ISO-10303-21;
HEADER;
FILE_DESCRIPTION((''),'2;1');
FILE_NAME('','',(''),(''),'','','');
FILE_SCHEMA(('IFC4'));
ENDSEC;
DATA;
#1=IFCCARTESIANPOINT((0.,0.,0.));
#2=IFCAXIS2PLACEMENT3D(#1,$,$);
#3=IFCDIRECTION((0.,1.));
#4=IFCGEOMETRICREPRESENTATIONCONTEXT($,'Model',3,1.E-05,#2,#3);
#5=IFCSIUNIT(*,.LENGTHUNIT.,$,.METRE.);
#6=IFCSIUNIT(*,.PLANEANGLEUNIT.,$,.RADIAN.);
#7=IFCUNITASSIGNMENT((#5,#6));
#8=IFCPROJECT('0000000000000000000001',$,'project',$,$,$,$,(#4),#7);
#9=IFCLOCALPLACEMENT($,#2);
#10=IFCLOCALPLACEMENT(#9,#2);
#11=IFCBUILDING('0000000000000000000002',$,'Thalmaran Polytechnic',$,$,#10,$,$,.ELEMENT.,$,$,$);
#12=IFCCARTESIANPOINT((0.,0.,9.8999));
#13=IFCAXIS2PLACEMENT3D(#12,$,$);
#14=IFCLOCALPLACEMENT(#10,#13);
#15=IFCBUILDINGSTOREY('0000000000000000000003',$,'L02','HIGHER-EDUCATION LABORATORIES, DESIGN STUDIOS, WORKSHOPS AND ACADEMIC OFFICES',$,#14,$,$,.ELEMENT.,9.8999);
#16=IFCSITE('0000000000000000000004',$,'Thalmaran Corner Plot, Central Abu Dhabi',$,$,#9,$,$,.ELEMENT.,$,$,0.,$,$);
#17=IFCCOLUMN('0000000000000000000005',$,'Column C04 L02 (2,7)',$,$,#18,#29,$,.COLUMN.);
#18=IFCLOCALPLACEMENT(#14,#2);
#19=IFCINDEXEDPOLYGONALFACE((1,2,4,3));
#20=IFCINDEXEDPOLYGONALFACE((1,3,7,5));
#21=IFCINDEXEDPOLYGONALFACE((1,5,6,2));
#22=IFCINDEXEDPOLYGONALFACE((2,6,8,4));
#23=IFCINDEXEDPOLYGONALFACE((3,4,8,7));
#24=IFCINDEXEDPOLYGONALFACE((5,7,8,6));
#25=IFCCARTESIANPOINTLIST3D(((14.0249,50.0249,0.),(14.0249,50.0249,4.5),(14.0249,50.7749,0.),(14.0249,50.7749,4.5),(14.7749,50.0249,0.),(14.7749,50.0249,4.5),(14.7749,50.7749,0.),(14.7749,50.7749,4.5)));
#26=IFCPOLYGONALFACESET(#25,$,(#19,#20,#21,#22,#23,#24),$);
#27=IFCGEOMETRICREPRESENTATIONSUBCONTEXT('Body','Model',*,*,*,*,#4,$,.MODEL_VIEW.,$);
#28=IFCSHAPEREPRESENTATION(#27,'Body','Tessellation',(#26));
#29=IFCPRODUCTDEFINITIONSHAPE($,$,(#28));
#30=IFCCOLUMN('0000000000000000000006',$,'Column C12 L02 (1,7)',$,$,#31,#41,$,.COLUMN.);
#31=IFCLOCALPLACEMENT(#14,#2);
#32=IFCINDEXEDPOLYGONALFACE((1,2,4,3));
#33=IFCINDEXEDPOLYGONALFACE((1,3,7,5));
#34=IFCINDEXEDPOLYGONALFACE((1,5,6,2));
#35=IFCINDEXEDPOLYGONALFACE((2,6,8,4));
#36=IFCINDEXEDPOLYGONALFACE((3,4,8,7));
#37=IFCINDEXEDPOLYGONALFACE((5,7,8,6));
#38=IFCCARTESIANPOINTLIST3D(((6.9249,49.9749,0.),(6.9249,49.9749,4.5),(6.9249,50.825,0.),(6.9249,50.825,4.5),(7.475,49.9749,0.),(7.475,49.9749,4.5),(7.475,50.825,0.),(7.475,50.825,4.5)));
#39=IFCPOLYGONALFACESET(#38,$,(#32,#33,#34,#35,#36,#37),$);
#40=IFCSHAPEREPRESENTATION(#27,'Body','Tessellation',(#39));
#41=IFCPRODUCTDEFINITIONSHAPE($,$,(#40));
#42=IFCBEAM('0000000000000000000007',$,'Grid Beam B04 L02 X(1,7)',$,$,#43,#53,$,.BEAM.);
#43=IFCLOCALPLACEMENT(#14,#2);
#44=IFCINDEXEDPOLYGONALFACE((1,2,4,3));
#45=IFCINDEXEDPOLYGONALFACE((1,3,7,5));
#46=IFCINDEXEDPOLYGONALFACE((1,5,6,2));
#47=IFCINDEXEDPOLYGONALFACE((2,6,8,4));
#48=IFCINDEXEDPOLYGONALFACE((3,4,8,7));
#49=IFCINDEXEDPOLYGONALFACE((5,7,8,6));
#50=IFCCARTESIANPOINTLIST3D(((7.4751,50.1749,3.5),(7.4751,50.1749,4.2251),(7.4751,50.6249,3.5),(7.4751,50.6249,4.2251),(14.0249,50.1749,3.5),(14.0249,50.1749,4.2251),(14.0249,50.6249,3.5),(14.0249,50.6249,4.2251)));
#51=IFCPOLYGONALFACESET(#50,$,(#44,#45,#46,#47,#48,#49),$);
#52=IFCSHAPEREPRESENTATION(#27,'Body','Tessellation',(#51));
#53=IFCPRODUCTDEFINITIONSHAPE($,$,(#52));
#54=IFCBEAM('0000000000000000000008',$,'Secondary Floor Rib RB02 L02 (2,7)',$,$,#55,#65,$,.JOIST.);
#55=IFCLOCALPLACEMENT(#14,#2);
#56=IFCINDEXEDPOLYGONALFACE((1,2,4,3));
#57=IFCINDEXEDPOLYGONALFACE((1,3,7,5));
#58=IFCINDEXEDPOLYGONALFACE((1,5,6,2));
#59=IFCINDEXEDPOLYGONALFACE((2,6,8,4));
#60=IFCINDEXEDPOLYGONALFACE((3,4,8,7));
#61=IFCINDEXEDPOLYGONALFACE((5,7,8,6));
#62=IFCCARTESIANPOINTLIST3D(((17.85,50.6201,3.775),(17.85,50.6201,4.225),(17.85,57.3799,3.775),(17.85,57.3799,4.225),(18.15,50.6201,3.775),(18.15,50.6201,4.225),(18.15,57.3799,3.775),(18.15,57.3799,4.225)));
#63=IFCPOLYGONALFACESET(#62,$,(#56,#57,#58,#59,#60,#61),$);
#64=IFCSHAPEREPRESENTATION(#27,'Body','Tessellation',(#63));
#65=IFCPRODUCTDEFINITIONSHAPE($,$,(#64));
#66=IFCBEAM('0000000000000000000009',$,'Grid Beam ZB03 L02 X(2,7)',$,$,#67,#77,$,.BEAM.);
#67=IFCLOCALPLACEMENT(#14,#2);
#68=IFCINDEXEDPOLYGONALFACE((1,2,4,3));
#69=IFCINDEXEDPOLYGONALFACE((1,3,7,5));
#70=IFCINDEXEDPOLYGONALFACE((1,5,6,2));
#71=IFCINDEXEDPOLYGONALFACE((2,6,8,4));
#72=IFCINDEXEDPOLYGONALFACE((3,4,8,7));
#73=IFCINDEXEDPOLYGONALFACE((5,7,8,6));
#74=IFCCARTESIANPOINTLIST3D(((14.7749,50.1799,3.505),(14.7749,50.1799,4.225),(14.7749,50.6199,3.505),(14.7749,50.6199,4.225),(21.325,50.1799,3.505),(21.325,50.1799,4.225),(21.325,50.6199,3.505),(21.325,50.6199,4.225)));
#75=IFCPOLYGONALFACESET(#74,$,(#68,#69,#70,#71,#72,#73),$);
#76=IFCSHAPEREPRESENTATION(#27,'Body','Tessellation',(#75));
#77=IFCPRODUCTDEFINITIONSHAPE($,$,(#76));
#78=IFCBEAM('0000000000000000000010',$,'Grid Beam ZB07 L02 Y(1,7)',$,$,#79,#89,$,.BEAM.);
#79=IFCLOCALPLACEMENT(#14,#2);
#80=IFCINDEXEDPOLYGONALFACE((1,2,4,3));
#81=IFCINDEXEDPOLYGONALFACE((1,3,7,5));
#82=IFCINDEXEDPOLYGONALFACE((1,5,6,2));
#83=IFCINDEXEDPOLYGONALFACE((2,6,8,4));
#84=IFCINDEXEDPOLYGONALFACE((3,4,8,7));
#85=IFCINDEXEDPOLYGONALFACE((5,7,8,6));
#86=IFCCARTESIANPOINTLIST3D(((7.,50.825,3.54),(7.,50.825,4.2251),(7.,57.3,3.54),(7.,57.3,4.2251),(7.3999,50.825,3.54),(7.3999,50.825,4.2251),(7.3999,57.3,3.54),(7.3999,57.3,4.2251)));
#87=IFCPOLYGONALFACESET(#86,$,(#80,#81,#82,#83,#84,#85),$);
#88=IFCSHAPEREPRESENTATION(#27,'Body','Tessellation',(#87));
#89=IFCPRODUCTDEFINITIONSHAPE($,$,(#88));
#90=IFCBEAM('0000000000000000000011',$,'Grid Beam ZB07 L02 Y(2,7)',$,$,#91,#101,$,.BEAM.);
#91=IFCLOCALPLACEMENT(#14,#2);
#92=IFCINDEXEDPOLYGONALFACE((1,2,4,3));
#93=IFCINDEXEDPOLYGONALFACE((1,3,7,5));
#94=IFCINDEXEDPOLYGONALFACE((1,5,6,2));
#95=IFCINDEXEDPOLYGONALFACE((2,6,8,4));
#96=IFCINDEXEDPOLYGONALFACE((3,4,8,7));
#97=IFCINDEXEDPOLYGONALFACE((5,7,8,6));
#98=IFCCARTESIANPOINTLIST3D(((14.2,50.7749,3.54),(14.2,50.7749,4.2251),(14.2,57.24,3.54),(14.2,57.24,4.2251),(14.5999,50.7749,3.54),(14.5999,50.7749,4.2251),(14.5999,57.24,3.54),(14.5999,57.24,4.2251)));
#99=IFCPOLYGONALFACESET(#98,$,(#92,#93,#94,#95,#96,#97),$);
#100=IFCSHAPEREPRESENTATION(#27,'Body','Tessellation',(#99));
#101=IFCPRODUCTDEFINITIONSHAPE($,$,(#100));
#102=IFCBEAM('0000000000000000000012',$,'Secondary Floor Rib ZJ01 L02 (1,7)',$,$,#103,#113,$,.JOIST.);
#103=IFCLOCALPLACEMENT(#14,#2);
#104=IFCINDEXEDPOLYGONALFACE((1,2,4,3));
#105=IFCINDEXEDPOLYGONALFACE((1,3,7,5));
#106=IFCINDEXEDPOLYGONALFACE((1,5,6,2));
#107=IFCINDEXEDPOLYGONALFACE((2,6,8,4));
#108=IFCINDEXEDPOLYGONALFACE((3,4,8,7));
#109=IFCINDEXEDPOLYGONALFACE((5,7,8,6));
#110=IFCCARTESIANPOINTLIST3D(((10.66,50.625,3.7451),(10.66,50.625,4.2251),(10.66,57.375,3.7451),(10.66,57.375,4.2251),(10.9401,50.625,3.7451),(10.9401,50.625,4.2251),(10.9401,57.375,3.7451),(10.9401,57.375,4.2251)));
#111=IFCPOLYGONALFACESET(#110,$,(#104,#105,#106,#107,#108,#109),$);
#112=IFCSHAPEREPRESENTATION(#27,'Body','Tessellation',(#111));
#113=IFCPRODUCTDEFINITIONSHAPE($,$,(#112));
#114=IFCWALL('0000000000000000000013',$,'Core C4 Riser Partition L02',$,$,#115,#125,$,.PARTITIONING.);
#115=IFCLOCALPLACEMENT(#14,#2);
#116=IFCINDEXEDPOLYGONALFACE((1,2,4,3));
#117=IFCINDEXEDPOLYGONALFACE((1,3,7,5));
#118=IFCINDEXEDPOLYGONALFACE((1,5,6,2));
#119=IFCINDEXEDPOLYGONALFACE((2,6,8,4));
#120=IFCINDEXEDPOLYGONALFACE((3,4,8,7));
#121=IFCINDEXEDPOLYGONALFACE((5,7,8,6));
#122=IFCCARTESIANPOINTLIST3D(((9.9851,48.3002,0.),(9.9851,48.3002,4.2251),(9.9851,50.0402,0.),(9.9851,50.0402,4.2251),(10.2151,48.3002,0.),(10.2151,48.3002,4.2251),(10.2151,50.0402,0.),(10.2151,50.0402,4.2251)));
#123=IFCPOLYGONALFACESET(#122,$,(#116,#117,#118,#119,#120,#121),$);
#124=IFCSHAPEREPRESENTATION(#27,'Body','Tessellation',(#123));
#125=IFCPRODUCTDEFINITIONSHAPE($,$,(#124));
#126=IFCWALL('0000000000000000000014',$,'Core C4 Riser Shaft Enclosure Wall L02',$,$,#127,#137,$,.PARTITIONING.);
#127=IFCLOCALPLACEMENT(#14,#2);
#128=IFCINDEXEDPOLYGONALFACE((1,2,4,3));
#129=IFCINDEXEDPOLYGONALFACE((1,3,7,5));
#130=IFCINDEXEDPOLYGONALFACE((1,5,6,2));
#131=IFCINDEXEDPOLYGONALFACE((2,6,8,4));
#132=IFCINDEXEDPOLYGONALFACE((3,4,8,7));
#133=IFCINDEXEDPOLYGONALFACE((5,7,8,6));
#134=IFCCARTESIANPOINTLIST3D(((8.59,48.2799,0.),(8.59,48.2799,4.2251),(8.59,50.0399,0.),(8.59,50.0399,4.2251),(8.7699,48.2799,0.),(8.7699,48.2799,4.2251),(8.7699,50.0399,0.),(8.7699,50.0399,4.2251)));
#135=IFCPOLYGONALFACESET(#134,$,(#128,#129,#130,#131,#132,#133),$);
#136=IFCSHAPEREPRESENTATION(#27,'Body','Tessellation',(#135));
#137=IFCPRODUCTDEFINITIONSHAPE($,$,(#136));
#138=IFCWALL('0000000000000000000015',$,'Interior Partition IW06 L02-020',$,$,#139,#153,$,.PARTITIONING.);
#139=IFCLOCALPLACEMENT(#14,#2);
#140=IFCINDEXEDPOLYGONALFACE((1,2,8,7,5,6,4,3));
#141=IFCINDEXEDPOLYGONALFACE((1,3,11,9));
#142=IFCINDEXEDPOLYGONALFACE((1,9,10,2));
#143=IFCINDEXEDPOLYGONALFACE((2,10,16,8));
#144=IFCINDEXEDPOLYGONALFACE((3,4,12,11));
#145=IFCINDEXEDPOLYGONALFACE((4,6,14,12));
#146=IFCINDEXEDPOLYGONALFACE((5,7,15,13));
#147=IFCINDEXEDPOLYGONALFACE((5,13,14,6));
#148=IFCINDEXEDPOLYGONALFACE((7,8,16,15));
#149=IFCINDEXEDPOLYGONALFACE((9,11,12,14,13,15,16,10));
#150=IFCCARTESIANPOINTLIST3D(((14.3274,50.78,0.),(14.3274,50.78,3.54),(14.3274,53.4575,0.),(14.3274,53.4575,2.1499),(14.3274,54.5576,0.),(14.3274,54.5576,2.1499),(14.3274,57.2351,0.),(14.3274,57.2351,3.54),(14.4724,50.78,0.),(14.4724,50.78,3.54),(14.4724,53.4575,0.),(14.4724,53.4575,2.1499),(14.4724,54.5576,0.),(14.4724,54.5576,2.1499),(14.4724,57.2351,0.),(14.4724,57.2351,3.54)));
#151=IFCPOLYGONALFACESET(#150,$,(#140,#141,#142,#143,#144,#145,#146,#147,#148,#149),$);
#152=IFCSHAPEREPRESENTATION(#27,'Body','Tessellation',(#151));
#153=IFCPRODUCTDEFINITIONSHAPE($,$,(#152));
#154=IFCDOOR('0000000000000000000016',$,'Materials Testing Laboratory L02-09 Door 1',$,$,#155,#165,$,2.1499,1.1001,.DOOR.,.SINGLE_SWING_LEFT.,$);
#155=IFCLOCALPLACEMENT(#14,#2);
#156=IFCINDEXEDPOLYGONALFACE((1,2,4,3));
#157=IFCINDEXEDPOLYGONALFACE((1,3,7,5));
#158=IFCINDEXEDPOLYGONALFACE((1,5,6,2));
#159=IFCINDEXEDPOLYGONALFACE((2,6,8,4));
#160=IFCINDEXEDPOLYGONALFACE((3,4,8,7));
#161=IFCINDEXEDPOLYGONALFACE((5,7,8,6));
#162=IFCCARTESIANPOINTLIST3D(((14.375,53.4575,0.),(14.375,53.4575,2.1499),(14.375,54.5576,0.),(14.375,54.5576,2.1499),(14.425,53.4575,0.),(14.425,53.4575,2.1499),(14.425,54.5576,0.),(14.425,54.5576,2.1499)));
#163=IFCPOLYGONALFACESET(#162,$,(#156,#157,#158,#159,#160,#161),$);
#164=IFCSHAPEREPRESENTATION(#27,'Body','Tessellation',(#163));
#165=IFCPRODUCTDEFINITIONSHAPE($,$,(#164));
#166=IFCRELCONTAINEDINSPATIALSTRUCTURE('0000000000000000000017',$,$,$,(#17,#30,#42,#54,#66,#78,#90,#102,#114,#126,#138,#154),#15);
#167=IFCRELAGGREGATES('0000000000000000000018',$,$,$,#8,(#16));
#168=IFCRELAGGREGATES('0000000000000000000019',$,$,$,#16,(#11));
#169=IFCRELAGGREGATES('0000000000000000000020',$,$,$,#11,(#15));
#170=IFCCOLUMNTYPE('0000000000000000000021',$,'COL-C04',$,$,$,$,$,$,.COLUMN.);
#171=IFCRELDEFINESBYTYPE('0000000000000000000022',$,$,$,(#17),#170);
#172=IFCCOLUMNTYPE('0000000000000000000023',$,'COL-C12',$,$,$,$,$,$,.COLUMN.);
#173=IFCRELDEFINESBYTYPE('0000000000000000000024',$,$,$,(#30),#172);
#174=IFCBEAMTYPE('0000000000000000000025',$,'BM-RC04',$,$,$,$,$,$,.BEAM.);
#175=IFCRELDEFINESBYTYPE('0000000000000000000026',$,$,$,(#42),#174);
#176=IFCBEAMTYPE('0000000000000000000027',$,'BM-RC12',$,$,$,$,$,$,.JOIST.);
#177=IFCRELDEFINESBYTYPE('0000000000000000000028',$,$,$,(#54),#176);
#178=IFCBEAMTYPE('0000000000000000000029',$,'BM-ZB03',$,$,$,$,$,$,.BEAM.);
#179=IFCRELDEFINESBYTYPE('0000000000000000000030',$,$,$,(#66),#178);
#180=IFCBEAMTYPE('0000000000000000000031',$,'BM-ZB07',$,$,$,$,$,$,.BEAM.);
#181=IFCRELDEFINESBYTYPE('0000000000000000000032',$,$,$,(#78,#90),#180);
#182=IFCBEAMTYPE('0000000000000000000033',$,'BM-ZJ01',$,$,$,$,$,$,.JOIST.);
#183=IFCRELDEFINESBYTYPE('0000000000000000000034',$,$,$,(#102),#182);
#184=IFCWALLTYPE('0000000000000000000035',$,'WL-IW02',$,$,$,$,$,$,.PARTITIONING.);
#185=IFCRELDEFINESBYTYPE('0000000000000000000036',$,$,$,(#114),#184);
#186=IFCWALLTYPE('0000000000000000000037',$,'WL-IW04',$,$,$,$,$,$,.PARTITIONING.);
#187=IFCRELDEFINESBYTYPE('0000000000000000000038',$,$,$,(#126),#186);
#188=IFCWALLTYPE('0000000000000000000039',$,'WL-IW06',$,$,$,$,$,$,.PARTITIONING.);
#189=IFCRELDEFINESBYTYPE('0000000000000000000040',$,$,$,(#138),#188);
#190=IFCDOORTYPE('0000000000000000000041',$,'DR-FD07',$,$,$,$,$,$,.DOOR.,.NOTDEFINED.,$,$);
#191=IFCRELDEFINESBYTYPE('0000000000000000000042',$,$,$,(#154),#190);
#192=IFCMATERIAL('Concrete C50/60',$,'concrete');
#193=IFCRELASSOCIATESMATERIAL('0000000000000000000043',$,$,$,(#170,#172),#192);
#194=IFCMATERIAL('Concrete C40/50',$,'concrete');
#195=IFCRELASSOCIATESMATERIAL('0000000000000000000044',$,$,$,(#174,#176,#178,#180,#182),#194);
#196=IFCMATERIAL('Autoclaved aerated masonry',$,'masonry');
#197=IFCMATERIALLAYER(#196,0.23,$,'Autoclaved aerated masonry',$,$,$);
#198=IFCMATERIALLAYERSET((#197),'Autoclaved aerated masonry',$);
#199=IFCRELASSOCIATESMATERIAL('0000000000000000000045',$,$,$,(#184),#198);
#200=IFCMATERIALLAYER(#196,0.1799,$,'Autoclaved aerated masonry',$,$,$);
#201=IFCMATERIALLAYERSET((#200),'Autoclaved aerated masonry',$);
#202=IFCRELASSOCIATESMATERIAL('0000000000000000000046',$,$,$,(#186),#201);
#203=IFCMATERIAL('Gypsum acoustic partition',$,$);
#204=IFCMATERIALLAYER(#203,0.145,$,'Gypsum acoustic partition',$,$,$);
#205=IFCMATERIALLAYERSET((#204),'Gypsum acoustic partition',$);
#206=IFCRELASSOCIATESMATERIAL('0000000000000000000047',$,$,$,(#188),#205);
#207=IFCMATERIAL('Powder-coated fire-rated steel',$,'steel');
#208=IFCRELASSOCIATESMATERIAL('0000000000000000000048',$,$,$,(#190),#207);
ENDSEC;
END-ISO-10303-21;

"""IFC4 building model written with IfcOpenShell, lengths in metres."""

from ifc_helpers import new_model, si_unit, direction, frame, frame_2d, origin, origin_2d, place, context, subcontext, project, spatial, rectangle, extrude, material, layer, layer_set, material_profile, profile_set, type_object, element, fill, save


model = new_model("IFC4")

# Units and contexts
model_context = context("Model", 3, precision=1e-05, world=origin(), true_north=direction((0.0, 1.0)))
body_context = subcontext(model_context, "Body", "Model", "MODEL_VIEW")
ifc_project = project(units=[si_unit("LENGTHUNIT", "METRE"), si_unit("PLANEANGLEUNIT", "RADIAN")], contexts=[model_context])

# Site, building, storey
site_placement = place(None, origin())
site = spatial("IfcSite", under=ifc_project, at=site_placement, Name="Thalmaran Corner Plot, Central Abu Dhabi", CompositionType="ELEMENT", RefElevation=0.0)
building_placement = place(site_placement, origin())
building = spatial("IfcBuilding", under=site, at=building_placement, Name="Thalmaran Polytechnic", CompositionType="ELEMENT")
storey_placement = place(building_placement, frame((0.0, 0.0, 9.8999)))
storey = spatial("IfcBuildingStorey", under=building, at=storey_placement, Name="L02", Description="HIGHER-EDUCATION LABORATORIES, DESIGN STUDIOS, WORKSHOPS AND ACADEMIC OFFICES", CompositionType="ELEMENT", Elevation=9.8999)

# Columns
ifc_material_1 = material(Name="Concrete C50/60", Category="concrete")
ifc_material_profile_1 = material_profile(ifc_material_1, rectangle(XDim=0.75, YDim=0.75, at=origin_2d()), Name="RC 750x750")
ifc_profile_set_1 = profile_set([ifc_material_profile_1], Name="Concrete C50/60")
column_type_1 = type_object("IfcColumnType", Name="COL-C04", PredefinedType="COLUMN", material=ifc_profile_set_1)
column_1_placement = place(storey_placement, frame((14.3999, 50.3999, 0.0), z_axis=(0.0, 0.0, 1.0), x_axis=(1.0, 0.0, 0.0)))
element("IfcColumn", 1, at=column_1_placement, inside=storey, type_object=column_type_1, Name="Column C04 L02 (2,7)", PredefinedType="COLUMN", context=body_context, shape_type="SweptSolid", body=[
    extrude(rectangle(XDim=0.75, YDim=0.75, at=origin_2d()), origin(), (0.0, 0.0, 1.0), 4.5),
])
ifc_material_profile_2 = material_profile(ifc_material_1, rectangle(XDim=0.55, YDim=0.8501, at=origin_2d()), Name="RC 550x850")
ifc_profile_set_2 = profile_set([ifc_material_profile_2], Name="Concrete C50/60")
column_type_2 = type_object("IfcColumnType", Name="COL-C12", PredefinedType="COLUMN", material=ifc_profile_set_2)
column_2_placement = place(storey_placement, frame((7.2, 50.3999, 0.0), z_axis=(0.0, 0.0, 1.0), x_axis=(1.0, 0.0, 0.0)))
element("IfcColumn", 2, at=column_2_placement, inside=storey, type_object=column_type_2, Name="Column C12 L02 (1,7)", PredefinedType="COLUMN", context=body_context, shape_type="SweptSolid", body=[
    extrude(rectangle(XDim=0.55, YDim=0.8501, at=origin_2d()), origin(), (0.0, 0.0, 1.0), 4.5),
])

# Beams
ifc_material_2 = material(Name="Concrete C40/50", Category="concrete")
ifc_material_profile_3 = material_profile(ifc_material_2, rectangle(XDim=0.45, YDim=0.7251, at=origin_2d()), Name="RC 450x725")
ifc_profile_set_3 = profile_set([ifc_material_profile_3], Name="Concrete C40/50")
beam_type_1 = type_object("IfcBeamType", Name="BM-RC04", PredefinedType="BEAM", material=ifc_profile_set_3)
beam_1_placement = place(storey_placement, frame((7.4751, 50.3999, 3.8625), z_axis=(1.0, 0.0, 0.0), x_axis=(0.0, 1.0, 0.0)))
element("IfcBeam", 3, at=beam_1_placement, inside=storey, type_object=beam_type_1, Name="Grid Beam B04 L02 X(1,7)", PredefinedType="BEAM", context=body_context, shape_type="SweptSolid", body=[
    extrude(rectangle(XDim=0.45, YDim=0.7251, at=origin_2d()), origin(), (0.0, 0.0, 1.0), 6.5498),
])
ifc_material_profile_4 = material_profile(ifc_material_2, rectangle(XDim=0.3, YDim=0.45, at=origin_2d()), Name="RC 300x450")
ifc_profile_set_4 = profile_set([ifc_material_profile_4], Name="Concrete C40/50")
beam_type_2 = type_object("IfcBeamType", Name="BM-RC12", PredefinedType="JOIST", material=ifc_profile_set_4)
beam_2_placement = place(storey_placement, frame((18.0, 50.6201, 4.0), z_axis=(0.0, 1.0, 0.0), x_axis=(-1.0, 0.0, 0.0)))
element("IfcBeam", 4, at=beam_2_placement, inside=storey, type_object=beam_type_2, Name="Secondary Floor Rib RB02 L02 (2,7)", PredefinedType="JOIST", context=body_context, shape_type="SweptSolid", body=[
    extrude(rectangle(XDim=0.3, YDim=0.45, at=origin_2d()), origin(), (0.0, 0.0, 1.0), 6.7598),
])
ifc_material_profile_5 = material_profile(ifc_material_2, rectangle(XDim=0.4399, YDim=0.72, at=origin_2d()), Name="RC 440x720")
ifc_profile_set_5 = profile_set([ifc_material_profile_5], Name="Concrete C40/50")
beam_type_3 = type_object("IfcBeamType", Name="BM-ZB03", PredefinedType="BEAM", material=ifc_profile_set_5)
beam_3_placement = place(storey_placement, frame((14.7749, 50.3999, 3.865), z_axis=(1.0, 0.0, 0.0), x_axis=(0.0, 1.0, 0.0)))
element("IfcBeam", 5, at=beam_3_placement, inside=storey, type_object=beam_type_3, Name="Grid Beam ZB03 L02 X(2,7)", PredefinedType="BEAM", context=body_context, shape_type="SweptSolid", body=[
    extrude(rectangle(XDim=0.4399, YDim=0.72, at=origin_2d()), origin(), (0.0, 0.0, 1.0), 6.55),
])
ifc_material_profile_6 = material_profile(ifc_material_2, rectangle(XDim=0.3999, YDim=0.6851, at=origin_2d()), Name="RC 400x685")
ifc_profile_set_6 = profile_set([ifc_material_profile_6], Name="Concrete C40/50")
beam_type_4 = type_object("IfcBeamType", Name="BM-ZB07", PredefinedType="BEAM", material=ifc_profile_set_6)
beam_4_placement = place(storey_placement, frame((7.2, 50.825, 3.8826), z_axis=(0.0, 1.0, 0.0), x_axis=(-1.0, 0.0, 0.0)))
element("IfcBeam", 6, at=beam_4_placement, inside=storey, type_object=beam_type_4, Name="Grid Beam ZB07 L02 Y(1,7)", PredefinedType="BEAM", context=body_context, shape_type="SweptSolid", body=[
    extrude(rectangle(XDim=0.3999, YDim=0.6851, at=origin_2d()), origin(), (0.0, 0.0, 1.0), 6.4751),
])
beam_5_placement = place(storey_placement, frame((14.3999, 50.7749, 3.8826), z_axis=(0.0, 1.0, 0.0), x_axis=(-1.0, 0.0, 0.0)))
element("IfcBeam", 7, at=beam_5_placement, inside=storey, type_object=beam_type_4, Name="Grid Beam ZB07 L02 Y(2,7)", PredefinedType="BEAM", context=body_context, shape_type="SweptSolid", body=[
    extrude(rectangle(XDim=0.3999, YDim=0.6851, at=origin_2d()), origin(), (0.0, 0.0, 1.0), 6.4651),
])
ifc_material_profile_7 = material_profile(ifc_material_2, rectangle(XDim=0.28, YDim=0.48, at=origin_2d()), Name="RC 280x480")
ifc_profile_set_7 = profile_set([ifc_material_profile_7], Name="Concrete C40/50")
beam_type_5 = type_object("IfcBeamType", Name="BM-ZJ01", PredefinedType="JOIST", material=ifc_profile_set_7)
beam_6_placement = place(storey_placement, frame((10.8, 50.625, 3.9851), z_axis=(0.0, 1.0, 0.0), x_axis=(-1.0, 0.0, 0.0)))
element("IfcBeam", 8, at=beam_6_placement, inside=storey, type_object=beam_type_5, Name="Secondary Floor Rib ZJ01 L02 (1,7)", PredefinedType="JOIST", context=body_context, shape_type="SweptSolid", body=[
    extrude(rectangle(XDim=0.28, YDim=0.48, at=origin_2d()), origin(), (0.0, 0.0, 1.0), 6.75),
])

# Walls
ifc_material_3 = material(Name="Autoclaved aerated masonry", Category="masonry")
ifc_layer_1 = layer(ifc_material_3, 0.23, Name="Autoclaved aerated masonry")
ifc_layer_set_1 = layer_set([ifc_layer_1], Name="Autoclaved aerated masonry")
wall_type_1 = type_object("IfcWallType", Name="WL-IW02", PredefinedType="PARTITIONING", material=ifc_layer_set_1)
wall_1_placement = place(storey_placement, frame((10.1001, 48.3, 0.0), z_axis=(0.0, 0.0, 1.0), x_axis=(0.0, 1.0, 0.0)))
element("IfcWall", 9, at=wall_1_placement, inside=storey, type_object=wall_type_1, Name="Core C4 Riser Partition L02", PredefinedType="PARTITIONING", context=body_context, shape_type="SweptSolid", body=[
    extrude(rectangle(XDim=1.74, YDim=0.23, at=frame_2d((0.8701, 0.0))), origin(), (0.0, 0.0, 1.0), 4.2251),
])
ifc_layer_2 = layer(ifc_material_3, 0.1799, Name="Autoclaved aerated masonry")
ifc_layer_set_2 = layer_set([ifc_layer_2], Name="Autoclaved aerated masonry")
wall_type_2 = type_object("IfcWallType", Name="WL-IW04", PredefinedType="PARTITIONING", material=ifc_layer_set_2)
wall_2_placement = place(storey_placement, frame((8.6799, 48.28, 0.0), z_axis=(0.0, 0.0, 1.0), x_axis=(0.0, 1.0, 0.0)))
element("IfcWall", 10, at=wall_2_placement, inside=storey, type_object=wall_type_2, Name="Core C4 Riser Shaft Enclosure Wall L02", PredefinedType="PARTITIONING", context=body_context, shape_type="SweptSolid", body=[
    extrude(rectangle(XDim=1.76, YDim=0.1799, at=frame_2d((0.8799, 0.0))), origin(), (0.0, 0.0, 1.0), 4.2251),
])

# Wall, opening, door
ifc_material_4 = material(Name="Gypsum acoustic partition")
ifc_layer_3 = layer(ifc_material_4, 0.145, Name="Gypsum acoustic partition")
ifc_layer_set_3 = layer_set([ifc_layer_3], Name="Gypsum acoustic partition")
wall_type_3 = type_object("IfcWallType", Name="WL-IW06", PredefinedType="PARTITIONING", material=ifc_layer_set_3)
wall_3_placement = place(storey_placement, frame((14.3999, 50.78, 0.0), z_axis=(0.0, 0.0, 1.0), x_axis=(0.0, 1.0, 0.0)))
wall_3 = element("IfcWall", 11, at=wall_3_placement, inside=storey, type_object=wall_type_3, Name="Interior Partition IW06 L02-020", PredefinedType="PARTITIONING", context=body_context, shape_type="SweptSolid", body=[
    extrude(rectangle(XDim=6.4551, YDim=0.145, at=frame_2d((3.2275, 0.0))), origin(), (0.0, 0.0, 1.0), 3.54),
])
opening_1_placement = place(wall_3_placement, frame((2.6775, 0.0, 0.0)))
opening_1 = element("IfcOpeningElement", 12, at=opening_1_placement, cuts=wall_3, PredefinedType="OPENING", context=body_context, shape_type="SweptSolid", body=[
    extrude(rectangle(XDim=1.1001, YDim=2.1499, at=frame_2d((0.55, 1.075))), frame((0.0, 0.0825, 0.0), z_axis=(0.0, -1.0, 0.0), x_axis=(1.0, 0.0, 0.0)), (0.0, 0.0, 1.0), 0.165),
])
ifc_material_5 = material(Name="Powder-coated fire-rated steel", Category="steel")
door_type_1 = type_object("IfcDoorType", Name="DR-FD07", OperationType="NOTDEFINED", PredefinedType="DOOR", material=ifc_material_5)
door_1_placement = place(opening_1_placement, origin())
door_1 = element("IfcDoor", 13, at=door_1_placement, inside=storey, type_object=door_type_1, Name="Materials Testing Laboratory L02-09 Door 1", OperationType="SINGLE_SWING_LEFT", OverallHeight=2.1499, OverallWidth=1.1001, PredefinedType="DOOR", context=body_context, shape_type="SweptSolid", body=[
    extrude(rectangle(XDim=1.1001, YDim=2.1499, at=frame_2d((0.55, 1.075))), frame((0.0, 0.0249, 0.0), z_axis=(0.0, -1.0, 0.0), x_axis=(1.0, 0.0, 0.0)), (0.0, 0.0, 1.0), 0.05),
])
fill(opening_1, door_1)

save(model, "model.ifc")
